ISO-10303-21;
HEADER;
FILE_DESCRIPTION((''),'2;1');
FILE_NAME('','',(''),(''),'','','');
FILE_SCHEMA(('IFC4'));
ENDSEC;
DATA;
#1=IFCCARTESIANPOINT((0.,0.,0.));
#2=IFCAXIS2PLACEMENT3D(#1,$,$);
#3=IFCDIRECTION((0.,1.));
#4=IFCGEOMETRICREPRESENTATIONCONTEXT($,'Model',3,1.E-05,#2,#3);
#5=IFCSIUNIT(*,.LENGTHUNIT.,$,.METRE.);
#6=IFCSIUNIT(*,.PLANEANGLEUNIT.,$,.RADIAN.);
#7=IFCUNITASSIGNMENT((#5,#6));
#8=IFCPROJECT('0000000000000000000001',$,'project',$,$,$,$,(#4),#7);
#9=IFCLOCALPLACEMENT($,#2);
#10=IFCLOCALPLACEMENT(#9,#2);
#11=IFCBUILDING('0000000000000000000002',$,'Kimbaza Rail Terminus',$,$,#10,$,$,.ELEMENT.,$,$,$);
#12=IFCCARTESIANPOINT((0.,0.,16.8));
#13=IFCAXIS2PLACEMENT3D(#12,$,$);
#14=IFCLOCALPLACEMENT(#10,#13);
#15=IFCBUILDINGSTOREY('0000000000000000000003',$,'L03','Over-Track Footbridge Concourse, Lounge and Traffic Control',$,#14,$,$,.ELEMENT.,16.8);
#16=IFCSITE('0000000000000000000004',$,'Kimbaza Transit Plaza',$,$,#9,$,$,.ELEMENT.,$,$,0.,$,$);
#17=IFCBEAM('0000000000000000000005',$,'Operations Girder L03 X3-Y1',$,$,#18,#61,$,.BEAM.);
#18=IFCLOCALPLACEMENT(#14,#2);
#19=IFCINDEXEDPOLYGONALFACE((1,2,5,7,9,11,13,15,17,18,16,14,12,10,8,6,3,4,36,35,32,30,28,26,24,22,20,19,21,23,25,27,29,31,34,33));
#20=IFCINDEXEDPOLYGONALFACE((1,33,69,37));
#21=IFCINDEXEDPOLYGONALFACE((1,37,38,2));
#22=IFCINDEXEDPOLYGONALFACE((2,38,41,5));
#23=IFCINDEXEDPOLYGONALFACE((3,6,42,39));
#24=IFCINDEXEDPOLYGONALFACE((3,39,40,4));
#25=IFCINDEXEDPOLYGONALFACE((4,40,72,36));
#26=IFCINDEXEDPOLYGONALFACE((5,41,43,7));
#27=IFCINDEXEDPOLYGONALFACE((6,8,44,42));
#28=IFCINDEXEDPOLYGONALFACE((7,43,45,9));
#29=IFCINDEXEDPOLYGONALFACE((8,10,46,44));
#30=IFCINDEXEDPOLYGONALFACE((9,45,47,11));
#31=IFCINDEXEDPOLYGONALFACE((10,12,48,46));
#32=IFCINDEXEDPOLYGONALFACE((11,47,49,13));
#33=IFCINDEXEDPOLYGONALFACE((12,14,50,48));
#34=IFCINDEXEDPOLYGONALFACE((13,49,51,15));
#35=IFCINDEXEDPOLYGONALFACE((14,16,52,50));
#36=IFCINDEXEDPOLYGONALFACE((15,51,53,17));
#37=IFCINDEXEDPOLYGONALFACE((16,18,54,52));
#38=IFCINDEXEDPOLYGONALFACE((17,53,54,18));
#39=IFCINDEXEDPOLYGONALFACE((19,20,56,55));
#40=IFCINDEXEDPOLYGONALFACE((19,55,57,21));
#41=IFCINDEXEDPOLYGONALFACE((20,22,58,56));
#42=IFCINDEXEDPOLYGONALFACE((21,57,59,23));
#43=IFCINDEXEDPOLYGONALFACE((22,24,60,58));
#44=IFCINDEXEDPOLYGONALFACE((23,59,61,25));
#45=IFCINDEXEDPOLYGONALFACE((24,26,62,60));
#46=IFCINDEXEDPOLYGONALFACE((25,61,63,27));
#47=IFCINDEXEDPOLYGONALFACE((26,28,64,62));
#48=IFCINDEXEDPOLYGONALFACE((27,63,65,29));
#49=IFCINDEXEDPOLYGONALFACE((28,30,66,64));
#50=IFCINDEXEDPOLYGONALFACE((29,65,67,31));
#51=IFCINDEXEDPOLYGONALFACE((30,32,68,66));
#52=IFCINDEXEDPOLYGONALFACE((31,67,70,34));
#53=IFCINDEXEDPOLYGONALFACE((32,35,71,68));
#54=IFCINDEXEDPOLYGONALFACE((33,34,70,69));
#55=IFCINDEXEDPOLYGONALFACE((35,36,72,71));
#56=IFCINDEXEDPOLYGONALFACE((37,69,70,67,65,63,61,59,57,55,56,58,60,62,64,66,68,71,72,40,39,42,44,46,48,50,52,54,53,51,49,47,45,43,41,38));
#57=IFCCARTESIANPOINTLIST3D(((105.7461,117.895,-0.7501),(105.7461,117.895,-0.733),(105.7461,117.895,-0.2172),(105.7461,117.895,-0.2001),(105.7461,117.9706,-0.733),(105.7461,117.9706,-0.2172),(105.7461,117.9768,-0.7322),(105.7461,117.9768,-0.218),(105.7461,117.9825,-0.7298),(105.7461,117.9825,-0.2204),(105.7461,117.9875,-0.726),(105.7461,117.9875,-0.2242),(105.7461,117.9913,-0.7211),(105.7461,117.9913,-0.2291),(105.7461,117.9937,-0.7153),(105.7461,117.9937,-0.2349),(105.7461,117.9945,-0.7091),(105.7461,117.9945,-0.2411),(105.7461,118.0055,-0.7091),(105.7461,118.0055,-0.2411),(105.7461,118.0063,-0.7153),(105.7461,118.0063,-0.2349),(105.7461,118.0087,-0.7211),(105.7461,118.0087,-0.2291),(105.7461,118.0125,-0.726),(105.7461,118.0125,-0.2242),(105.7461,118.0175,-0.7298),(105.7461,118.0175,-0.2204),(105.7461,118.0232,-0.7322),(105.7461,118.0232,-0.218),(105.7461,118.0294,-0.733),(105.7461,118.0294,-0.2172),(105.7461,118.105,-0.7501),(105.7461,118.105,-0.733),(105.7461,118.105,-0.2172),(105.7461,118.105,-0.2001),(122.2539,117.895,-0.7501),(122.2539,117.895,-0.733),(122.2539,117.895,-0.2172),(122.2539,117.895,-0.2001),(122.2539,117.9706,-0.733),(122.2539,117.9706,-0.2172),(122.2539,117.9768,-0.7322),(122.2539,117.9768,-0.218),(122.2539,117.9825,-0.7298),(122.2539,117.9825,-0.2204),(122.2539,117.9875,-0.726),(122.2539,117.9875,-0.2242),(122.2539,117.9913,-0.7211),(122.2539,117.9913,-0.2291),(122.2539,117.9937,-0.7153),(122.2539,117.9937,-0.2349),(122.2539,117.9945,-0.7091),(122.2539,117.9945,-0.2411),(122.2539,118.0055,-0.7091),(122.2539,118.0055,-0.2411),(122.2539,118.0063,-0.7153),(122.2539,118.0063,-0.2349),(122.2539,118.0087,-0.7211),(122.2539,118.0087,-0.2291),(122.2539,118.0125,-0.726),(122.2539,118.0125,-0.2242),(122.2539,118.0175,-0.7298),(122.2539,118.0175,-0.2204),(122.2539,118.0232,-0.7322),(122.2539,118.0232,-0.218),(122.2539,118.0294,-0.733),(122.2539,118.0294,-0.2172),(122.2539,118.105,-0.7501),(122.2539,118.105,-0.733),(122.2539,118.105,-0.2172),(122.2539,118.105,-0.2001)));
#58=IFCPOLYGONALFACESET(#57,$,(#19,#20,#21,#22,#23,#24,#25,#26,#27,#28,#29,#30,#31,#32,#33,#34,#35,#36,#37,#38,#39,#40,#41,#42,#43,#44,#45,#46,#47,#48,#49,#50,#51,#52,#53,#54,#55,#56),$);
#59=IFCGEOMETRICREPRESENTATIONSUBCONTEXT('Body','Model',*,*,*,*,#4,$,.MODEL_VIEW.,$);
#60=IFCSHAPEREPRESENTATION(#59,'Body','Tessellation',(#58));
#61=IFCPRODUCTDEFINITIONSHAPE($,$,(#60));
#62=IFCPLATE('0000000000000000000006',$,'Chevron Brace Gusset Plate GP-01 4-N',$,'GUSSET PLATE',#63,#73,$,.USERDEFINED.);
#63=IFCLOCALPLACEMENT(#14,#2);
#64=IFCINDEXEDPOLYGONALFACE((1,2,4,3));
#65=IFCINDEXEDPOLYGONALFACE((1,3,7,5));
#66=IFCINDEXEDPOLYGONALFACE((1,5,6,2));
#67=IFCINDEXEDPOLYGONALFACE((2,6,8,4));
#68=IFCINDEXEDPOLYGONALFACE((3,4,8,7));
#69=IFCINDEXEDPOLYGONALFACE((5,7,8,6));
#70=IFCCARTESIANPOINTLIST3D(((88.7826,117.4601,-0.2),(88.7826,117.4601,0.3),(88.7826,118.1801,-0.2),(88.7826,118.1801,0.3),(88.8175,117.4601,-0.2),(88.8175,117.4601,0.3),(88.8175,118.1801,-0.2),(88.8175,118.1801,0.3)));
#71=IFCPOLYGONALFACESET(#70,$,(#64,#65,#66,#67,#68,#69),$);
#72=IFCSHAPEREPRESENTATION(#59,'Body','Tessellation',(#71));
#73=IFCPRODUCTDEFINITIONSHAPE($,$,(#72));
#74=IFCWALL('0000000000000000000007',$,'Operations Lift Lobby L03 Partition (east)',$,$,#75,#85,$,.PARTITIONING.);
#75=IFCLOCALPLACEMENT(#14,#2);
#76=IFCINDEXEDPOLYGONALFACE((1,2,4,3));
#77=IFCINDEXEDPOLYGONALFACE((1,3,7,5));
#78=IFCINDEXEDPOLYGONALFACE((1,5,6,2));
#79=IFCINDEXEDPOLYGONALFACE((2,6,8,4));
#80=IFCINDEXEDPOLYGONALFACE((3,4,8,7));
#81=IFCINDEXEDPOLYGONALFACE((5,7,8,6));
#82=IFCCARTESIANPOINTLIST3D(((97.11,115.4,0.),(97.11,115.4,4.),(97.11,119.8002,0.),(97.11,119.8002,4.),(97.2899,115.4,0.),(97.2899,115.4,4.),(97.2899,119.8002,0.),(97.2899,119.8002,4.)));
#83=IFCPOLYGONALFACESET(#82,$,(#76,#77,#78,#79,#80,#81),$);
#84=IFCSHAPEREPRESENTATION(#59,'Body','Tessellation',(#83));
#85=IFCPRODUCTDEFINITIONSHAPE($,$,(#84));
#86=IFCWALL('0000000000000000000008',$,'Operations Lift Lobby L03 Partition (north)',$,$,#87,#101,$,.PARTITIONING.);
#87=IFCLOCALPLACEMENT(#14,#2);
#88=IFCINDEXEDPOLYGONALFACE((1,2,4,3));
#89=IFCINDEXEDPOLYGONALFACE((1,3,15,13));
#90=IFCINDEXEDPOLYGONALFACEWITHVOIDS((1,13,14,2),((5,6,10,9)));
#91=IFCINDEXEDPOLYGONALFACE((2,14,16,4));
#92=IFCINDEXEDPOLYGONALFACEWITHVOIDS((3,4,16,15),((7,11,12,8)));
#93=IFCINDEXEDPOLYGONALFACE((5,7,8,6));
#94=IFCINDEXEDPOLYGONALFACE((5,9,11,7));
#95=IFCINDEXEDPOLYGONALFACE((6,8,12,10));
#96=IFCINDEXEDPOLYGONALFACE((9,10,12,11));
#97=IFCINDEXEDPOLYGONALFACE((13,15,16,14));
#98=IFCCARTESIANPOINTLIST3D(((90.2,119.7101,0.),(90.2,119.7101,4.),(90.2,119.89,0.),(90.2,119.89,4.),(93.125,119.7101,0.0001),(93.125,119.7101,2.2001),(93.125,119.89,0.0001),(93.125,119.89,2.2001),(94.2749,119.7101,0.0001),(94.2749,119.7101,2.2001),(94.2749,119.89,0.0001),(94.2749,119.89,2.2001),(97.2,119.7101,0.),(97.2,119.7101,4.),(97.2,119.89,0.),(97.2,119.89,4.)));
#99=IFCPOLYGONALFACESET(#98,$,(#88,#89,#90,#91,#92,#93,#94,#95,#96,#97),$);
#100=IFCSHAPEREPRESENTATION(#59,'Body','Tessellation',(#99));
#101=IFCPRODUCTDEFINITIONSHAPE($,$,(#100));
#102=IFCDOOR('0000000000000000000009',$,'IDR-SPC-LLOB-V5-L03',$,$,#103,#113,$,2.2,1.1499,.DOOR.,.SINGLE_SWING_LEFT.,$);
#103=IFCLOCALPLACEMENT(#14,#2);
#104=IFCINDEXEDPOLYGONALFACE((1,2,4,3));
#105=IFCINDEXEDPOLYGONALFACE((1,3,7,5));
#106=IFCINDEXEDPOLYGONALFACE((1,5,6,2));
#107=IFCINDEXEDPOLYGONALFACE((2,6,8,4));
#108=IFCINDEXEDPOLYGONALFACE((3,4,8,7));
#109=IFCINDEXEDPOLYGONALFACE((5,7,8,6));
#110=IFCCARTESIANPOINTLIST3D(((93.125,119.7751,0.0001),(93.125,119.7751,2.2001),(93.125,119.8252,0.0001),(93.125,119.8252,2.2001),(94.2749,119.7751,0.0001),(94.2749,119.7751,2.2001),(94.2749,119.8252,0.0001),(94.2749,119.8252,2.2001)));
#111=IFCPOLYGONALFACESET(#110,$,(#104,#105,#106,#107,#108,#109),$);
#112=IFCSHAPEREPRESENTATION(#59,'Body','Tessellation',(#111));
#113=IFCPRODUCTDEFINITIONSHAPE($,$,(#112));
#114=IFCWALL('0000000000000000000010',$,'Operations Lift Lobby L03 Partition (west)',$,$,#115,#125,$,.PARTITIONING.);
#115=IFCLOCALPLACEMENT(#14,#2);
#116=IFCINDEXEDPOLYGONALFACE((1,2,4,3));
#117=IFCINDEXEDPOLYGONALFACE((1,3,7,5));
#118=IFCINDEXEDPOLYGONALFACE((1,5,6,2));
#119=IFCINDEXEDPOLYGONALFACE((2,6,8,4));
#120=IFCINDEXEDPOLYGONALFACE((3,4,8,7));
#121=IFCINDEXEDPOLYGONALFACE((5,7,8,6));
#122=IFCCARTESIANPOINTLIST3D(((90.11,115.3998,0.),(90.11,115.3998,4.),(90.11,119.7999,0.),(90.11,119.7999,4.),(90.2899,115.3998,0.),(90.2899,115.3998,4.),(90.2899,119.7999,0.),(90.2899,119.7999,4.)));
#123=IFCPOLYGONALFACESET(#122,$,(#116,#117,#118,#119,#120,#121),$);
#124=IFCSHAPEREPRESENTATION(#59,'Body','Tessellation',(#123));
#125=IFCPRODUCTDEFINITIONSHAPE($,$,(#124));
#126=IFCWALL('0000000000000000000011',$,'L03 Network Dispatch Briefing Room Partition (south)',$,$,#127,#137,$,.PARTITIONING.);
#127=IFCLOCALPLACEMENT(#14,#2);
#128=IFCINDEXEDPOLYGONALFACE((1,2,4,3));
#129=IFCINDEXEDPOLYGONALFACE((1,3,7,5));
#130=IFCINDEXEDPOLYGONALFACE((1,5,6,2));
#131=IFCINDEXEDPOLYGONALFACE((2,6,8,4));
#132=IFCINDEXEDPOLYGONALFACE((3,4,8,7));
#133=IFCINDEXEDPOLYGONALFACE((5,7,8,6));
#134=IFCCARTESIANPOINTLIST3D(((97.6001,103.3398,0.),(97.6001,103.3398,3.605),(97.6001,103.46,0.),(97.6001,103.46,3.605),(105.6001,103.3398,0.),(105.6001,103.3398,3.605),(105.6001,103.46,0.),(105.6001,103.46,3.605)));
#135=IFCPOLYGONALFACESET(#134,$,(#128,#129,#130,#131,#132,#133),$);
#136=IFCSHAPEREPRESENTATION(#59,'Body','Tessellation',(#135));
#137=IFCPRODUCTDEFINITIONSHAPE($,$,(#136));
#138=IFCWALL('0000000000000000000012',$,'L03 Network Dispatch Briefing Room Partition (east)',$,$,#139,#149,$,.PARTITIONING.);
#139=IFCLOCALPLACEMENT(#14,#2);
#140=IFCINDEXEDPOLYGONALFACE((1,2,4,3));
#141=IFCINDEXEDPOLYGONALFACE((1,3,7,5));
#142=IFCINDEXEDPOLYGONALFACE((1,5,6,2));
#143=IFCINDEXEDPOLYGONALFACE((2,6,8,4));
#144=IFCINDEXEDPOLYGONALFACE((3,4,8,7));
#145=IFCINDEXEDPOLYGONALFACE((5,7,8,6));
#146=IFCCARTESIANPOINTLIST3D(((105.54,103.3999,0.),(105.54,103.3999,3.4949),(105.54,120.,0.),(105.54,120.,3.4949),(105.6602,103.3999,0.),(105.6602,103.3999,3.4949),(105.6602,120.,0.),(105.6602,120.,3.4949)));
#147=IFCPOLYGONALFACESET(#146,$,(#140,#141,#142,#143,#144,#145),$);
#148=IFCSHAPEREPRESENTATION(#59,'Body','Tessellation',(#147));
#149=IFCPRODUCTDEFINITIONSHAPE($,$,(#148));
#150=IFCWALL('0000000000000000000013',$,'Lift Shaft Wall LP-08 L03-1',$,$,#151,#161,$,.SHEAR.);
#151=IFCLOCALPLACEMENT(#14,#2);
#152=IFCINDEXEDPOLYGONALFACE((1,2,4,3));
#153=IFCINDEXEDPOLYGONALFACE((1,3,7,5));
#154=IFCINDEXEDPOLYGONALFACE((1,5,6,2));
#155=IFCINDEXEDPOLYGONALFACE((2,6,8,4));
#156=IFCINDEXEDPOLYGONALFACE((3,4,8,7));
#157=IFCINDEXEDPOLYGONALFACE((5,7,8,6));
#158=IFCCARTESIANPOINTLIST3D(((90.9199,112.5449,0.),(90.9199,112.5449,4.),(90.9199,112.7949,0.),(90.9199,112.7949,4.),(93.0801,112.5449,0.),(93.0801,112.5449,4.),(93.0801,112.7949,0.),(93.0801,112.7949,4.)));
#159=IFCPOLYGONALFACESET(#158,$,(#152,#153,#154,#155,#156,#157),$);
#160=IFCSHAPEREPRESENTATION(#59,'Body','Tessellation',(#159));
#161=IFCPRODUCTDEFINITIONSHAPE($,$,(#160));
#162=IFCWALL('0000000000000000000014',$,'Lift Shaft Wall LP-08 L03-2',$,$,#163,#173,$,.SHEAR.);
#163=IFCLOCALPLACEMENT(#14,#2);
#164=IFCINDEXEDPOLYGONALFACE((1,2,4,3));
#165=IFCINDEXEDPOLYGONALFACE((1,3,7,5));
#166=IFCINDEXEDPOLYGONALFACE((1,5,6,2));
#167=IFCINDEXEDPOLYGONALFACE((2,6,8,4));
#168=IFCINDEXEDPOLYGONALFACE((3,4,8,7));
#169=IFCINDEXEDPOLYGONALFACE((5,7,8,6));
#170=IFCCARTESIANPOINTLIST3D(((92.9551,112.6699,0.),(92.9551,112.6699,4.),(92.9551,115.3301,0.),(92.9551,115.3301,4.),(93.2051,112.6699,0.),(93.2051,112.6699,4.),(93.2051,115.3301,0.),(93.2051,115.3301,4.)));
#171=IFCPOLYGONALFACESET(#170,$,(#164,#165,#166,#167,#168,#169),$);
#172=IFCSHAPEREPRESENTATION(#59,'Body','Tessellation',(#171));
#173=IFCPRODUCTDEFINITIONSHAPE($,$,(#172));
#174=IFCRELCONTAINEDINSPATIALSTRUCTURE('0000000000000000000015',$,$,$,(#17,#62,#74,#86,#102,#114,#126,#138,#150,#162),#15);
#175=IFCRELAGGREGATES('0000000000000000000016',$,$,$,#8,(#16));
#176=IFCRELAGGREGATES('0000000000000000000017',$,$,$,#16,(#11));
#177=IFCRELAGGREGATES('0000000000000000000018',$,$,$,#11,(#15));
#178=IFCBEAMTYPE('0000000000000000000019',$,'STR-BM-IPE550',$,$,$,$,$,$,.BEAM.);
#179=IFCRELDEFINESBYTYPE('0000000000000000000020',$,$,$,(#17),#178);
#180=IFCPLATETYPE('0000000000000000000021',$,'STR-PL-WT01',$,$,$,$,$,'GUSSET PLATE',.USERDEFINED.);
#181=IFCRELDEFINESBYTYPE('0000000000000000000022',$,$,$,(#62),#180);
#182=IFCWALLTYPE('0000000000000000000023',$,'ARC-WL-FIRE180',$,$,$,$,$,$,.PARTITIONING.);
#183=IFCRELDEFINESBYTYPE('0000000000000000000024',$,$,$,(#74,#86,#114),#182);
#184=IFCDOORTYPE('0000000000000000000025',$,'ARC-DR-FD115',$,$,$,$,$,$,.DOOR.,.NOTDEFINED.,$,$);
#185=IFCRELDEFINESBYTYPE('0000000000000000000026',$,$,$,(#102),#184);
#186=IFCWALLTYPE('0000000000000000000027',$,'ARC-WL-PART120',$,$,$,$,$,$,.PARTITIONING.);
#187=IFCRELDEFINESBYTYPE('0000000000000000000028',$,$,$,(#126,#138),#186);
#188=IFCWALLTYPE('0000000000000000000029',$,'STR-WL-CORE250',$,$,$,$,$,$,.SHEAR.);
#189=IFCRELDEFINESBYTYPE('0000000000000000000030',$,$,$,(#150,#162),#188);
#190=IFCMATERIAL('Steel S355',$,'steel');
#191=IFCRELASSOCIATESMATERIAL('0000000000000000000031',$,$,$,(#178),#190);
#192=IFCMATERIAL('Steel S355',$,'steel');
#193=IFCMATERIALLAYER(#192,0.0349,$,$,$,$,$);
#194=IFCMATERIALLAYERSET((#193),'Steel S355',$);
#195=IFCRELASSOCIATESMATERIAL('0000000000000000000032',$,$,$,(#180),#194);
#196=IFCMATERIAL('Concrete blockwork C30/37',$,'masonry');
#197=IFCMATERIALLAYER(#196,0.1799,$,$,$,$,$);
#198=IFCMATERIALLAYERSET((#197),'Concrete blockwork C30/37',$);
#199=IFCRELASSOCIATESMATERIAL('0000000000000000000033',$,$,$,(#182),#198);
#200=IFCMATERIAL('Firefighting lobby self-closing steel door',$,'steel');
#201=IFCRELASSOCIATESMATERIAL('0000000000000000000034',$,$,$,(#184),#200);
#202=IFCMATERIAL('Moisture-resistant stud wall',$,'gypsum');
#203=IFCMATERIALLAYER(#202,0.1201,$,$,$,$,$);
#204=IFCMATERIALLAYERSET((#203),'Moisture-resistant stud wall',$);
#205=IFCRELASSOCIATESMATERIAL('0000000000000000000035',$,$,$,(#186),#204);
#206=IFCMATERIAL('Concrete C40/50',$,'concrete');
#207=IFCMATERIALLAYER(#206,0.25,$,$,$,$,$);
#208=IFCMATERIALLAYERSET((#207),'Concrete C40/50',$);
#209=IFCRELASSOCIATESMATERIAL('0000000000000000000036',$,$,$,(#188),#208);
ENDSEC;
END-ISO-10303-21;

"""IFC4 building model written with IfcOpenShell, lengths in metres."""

from ifc_helpers import new_model, si_unit, direction, frame, frame_2d, origin, origin_2d, place, context, subcontext, project, spatial, rectangle, i_section, extrude, material, layer, layer_set, material_profile, profile_set, type_object, element, fill, save


model = new_model("IFC4")

# Units and contexts
model_context = context("Model", 3, precision=1e-05, world=origin(), true_north=direction((0.0, 1.0)))
body_context = subcontext(model_context, "Body", "Model", "MODEL_VIEW")
ifc_project = project(units=[si_unit("LENGTHUNIT", "METRE"), si_unit("PLANEANGLEUNIT", "RADIAN")], contexts=[model_context])

# Site, building, storey
site_placement = place(None, origin())
site = spatial("IfcSite", under=ifc_project, at=site_placement, Name="Kimbaza Transit Plaza", CompositionType="ELEMENT", RefElevation=0.0)
building_placement = place(site_placement, origin())
building = spatial("IfcBuilding", under=site, at=building_placement, Name="Kimbaza Rail Terminus", CompositionType="ELEMENT")
storey_placement = place(building_placement, frame((0.0, 0.0, 16.8)))
storey = spatial("IfcBuildingStorey", under=building, at=storey_placement, Name="L03", Description="Over-Track Footbridge Concourse, Lounge and Traffic Control", CompositionType="ELEMENT", Elevation=16.8)

# Beam
ifc_material_1 = material(Name="Steel S355", Category="steel")
ifc_material_profile_1 = material_profile(ifc_material_1, i_section(OverallWidth=0.21, OverallDepth=0.55, WebThickness=0.011, FlangeThickness=0.0171, FilletRadius=0.0239, at=origin_2d()), Name="IPE 550")
ifc_profile_set_1 = profile_set([ifc_material_profile_1], Name="Steel S355")
beam_type_1 = type_object("IfcBeamType", Name="STR-BM-IPE550", PredefinedType="BEAM", material=ifc_profile_set_1)
beam_1_placement = place(storey_placement, frame((105.7461, 118.0, -0.4751), z_axis=(1.0, 0.0, 0.0), x_axis=(0.0, 1.0, 0.0)))
element("IfcBeam", 1, at=beam_1_placement, inside=storey, type_object=beam_type_1, Name="Operations Girder L03 X3-Y1", PredefinedType="BEAM", context=body_context, shape_type="SweptSolid", body=[
    extrude(i_section(OverallWidth=0.21, OverallDepth=0.55, WebThickness=0.011, FlangeThickness=0.0171, FilletRadius=0.0239, at=origin_2d()), origin(), (0.0, 0.0, 1.0), 16.5078),
])

# Plate
ifc_material_2 = material(Name="Steel S355", Category="steel")
ifc_layer_1 = layer(ifc_material_2, 0.0349)
ifc_layer_set_1 = layer_set([ifc_layer_1], Name="Steel S355")
plate_type = type_object("IfcPlateType", Name="STR-PL-WT01", ElementType="GUSSET PLATE", PredefinedType="USERDEFINED", material=ifc_layer_set_1)
plate_placement = place(storey_placement, frame((88.8, 117.8201, -0.2), z_axis=(0.0, 0.0, 1.0), x_axis=(1.0, 0.0, 0.0)))
element("IfcPlate", 2, at=plate_placement, inside=storey, type_object=plate_type, Name="Chevron Brace Gusset Plate GP-01 4-N", ObjectType="GUSSET PLATE", PredefinedType="USERDEFINED", context=body_context, shape_type="SweptSolid", body=[
    extrude(rectangle(XDim=0.0349, YDim=0.72, at=origin_2d()), origin(), (0.0, 0.0, 1.0), 0.5),
])

# Wall
ifc_material_3 = material(Name="Concrete blockwork C30/37", Category="masonry")
ifc_layer_2 = layer(ifc_material_3, 0.1799)
ifc_layer_set_2 = layer_set([ifc_layer_2], Name="Concrete blockwork C30/37")
wall_type_1 = type_object("IfcWallType", Name="ARC-WL-FIRE180", PredefinedType="PARTITIONING", material=ifc_layer_set_2)
wall_1_placement = place(storey_placement, frame((97.2, 115.3999, 0.0), z_axis=(0.0, 0.0, 1.0), x_axis=(0.0, 1.0, 0.0)))
element("IfcWall", 3, at=wall_1_placement, inside=storey, type_object=wall_type_1, Name="Operations Lift Lobby L03 Partition (east)", PredefinedType="PARTITIONING", context=body_context, shape_type="SweptSolid", body=[
    extrude(rectangle(XDim=4.4001, YDim=0.1799, at=frame_2d((2.2002, 0.0))), origin(), (0.0, 0.0, 1.0), 4.0),
])

# Wall, opening, door
wall_2_placement = place(storey_placement, frame((97.2, 119.8, 0.0), z_axis=(0.0, 0.0, 1.0), x_axis=(-1.0, 0.0, 0.0)))
wall_2 = element("IfcWall", 4, at=wall_2_placement, inside=storey, type_object=wall_type_1, Name="Operations Lift Lobby L03 Partition (north)", PredefinedType="PARTITIONING", context=body_context, shape_type="SweptSolid", body=[
    extrude(rectangle(XDim=7.0, YDim=0.1799, at=frame_2d((3.5, 0.0))), origin(), (0.0, 0.0, 1.0), 4.0),
])
opening_1_placement = place(wall_2_placement, frame((2.925, 0.0, 0.0)))
opening_1 = element("IfcOpeningElement", 5, at=opening_1_placement, cuts=wall_2, PredefinedType="OPENING", context=body_context, shape_type="SweptSolid", body=[
    extrude(rectangle(XDim=1.1499, YDim=2.2, at=frame_2d((0.575, 1.1001))), frame((0.0, 0.0999, 0.0), z_axis=(0.0, -1.0, 0.0), x_axis=(1.0, 0.0, 0.0)), (0.0, 0.0, 1.0), 0.2),
])
ifc_material_4 = material(Name="Firefighting lobby self-closing steel door", Category="steel")
door_type_1 = type_object("IfcDoorType", Name="ARC-DR-FD115", OperationType="NOTDEFINED", PredefinedType="DOOR", material=ifc_material_4)
door_1_placement = place(opening_1_placement, origin())
door_1 = element("IfcDoor", 6, at=door_1_placement, inside=storey, type_object=door_type_1, Name="IDR-SPC-LLOB-V5-L03", OperationType="SINGLE_SWING_LEFT", OverallHeight=2.2, OverallWidth=1.1499, PredefinedType="DOOR", context=body_context, shape_type="SweptSolid", body=[
    extrude(rectangle(XDim=1.1499, YDim=2.2, at=frame_2d((0.575, 1.1001))), frame((0.0, 0.0249, 0.0), z_axis=(0.0, -1.0, 0.0), x_axis=(1.0, 0.0, 0.0)), (0.0, 0.0, 1.0), 0.05),
])
fill(opening_1, door_1)

# Walls
wall_3_placement = place(storey_placement, frame((90.2, 119.8, 0.0), z_axis=(0.0, 0.0, 1.0), x_axis=(0.0, -1.0, 0.0)))
element("IfcWall", 7, at=wall_3_placement, inside=storey, type_object=wall_type_1, Name="Operations Lift Lobby L03 Partition (west)", PredefinedType="PARTITIONING", context=body_context, shape_type="SweptSolid", body=[
    extrude(rectangle(XDim=4.4001, YDim=0.1799, at=frame_2d((2.2002, 0.0))), origin(), (0.0, 0.0, 1.0), 4.0),
])
ifc_material_5 = material(Name="Moisture-resistant stud wall", Category="gypsum")
ifc_layer_3 = layer(ifc_material_5, 0.1201)
ifc_layer_set_3 = layer_set([ifc_layer_3], Name="Moisture-resistant stud wall")
wall_type_2 = type_object("IfcWallType", Name="ARC-WL-PART120", PredefinedType="PARTITIONING", material=ifc_layer_set_3)
wall_4_placement = place(storey_placement, frame((97.6001, 103.3999, 0.0), z_axis=(0.0, 0.0, 1.0), x_axis=(1.0, 0.0, 0.0)))
element("IfcWall", 8, at=wall_4_placement, inside=storey, type_object=wall_type_2, Name="L03 Network Dispatch Briefing Room Partition (south)", PredefinedType="PARTITIONING", context=body_context, shape_type="SweptSolid", body=[
    extrude(rectangle(XDim=8.0, YDim=0.1201, at=frame_2d((4.0, 0.0))), origin(), (0.0, 0.0, 1.0), 3.605),
])
wall_5_placement = place(storey_placement, frame((105.6001, 103.3999, 0.0), z_axis=(0.0, 0.0, 1.0), x_axis=(0.0, 1.0, 0.0)))
element("IfcWall", 9, at=wall_5_placement, inside=storey, type_object=wall_type_2, Name="L03 Network Dispatch Briefing Room Partition (east)", PredefinedType="PARTITIONING", context=body_context, shape_type="SweptSolid", body=[
    extrude(rectangle(XDim=16.6001, YDim=0.1201, at=frame_2d((8.3, 0.0))), origin(), (0.0, 0.0, 1.0), 3.4949),
])
ifc_material_6 = material(Name="Concrete C40/50", Category="concrete")
ifc_layer_4 = layer(ifc_material_6, 0.25)
ifc_layer_set_4 = layer_set([ifc_layer_4], Name="Concrete C40/50")
wall_type_3 = type_object("IfcWallType", Name="STR-WL-CORE250", PredefinedType="SHEAR", material=ifc_layer_set_4)
wall_6_placement = place(storey_placement, frame((90.9199, 112.6699, 0.0), z_axis=(0.0, 0.0, 1.0), x_axis=(1.0, 0.0, 0.0)))
element("IfcWall", 10, at=wall_6_placement, inside=storey, type_object=wall_type_3, Name="Lift Shaft Wall LP-08 L03-1", PredefinedType="SHEAR", context=body_context, shape_type="SweptSolid", body=[
    extrude(rectangle(XDim=2.1602, YDim=0.25, at=frame_2d((1.0801, 0.0))), origin(), (0.0, 0.0, 1.0), 4.0),
])
wall_7_placement = place(storey_placement, frame((93.0801, 112.6699, 0.0), z_axis=(0.0, 0.0, 1.0), x_axis=(0.0, 1.0, 0.0)))
element("IfcWall", 11, at=wall_7_placement, inside=storey, type_object=wall_type_3, Name="Lift Shaft Wall LP-08 L03-2", PredefinedType="SHEAR", context=body_context, shape_type="SweptSolid", body=[
    extrude(rectangle(XDim=2.6602, YDim=0.25, at=frame_2d((1.3301, 0.0))), origin(), (0.0, 0.0, 1.0), 4.0),
])

save(model, "model.ifc")
